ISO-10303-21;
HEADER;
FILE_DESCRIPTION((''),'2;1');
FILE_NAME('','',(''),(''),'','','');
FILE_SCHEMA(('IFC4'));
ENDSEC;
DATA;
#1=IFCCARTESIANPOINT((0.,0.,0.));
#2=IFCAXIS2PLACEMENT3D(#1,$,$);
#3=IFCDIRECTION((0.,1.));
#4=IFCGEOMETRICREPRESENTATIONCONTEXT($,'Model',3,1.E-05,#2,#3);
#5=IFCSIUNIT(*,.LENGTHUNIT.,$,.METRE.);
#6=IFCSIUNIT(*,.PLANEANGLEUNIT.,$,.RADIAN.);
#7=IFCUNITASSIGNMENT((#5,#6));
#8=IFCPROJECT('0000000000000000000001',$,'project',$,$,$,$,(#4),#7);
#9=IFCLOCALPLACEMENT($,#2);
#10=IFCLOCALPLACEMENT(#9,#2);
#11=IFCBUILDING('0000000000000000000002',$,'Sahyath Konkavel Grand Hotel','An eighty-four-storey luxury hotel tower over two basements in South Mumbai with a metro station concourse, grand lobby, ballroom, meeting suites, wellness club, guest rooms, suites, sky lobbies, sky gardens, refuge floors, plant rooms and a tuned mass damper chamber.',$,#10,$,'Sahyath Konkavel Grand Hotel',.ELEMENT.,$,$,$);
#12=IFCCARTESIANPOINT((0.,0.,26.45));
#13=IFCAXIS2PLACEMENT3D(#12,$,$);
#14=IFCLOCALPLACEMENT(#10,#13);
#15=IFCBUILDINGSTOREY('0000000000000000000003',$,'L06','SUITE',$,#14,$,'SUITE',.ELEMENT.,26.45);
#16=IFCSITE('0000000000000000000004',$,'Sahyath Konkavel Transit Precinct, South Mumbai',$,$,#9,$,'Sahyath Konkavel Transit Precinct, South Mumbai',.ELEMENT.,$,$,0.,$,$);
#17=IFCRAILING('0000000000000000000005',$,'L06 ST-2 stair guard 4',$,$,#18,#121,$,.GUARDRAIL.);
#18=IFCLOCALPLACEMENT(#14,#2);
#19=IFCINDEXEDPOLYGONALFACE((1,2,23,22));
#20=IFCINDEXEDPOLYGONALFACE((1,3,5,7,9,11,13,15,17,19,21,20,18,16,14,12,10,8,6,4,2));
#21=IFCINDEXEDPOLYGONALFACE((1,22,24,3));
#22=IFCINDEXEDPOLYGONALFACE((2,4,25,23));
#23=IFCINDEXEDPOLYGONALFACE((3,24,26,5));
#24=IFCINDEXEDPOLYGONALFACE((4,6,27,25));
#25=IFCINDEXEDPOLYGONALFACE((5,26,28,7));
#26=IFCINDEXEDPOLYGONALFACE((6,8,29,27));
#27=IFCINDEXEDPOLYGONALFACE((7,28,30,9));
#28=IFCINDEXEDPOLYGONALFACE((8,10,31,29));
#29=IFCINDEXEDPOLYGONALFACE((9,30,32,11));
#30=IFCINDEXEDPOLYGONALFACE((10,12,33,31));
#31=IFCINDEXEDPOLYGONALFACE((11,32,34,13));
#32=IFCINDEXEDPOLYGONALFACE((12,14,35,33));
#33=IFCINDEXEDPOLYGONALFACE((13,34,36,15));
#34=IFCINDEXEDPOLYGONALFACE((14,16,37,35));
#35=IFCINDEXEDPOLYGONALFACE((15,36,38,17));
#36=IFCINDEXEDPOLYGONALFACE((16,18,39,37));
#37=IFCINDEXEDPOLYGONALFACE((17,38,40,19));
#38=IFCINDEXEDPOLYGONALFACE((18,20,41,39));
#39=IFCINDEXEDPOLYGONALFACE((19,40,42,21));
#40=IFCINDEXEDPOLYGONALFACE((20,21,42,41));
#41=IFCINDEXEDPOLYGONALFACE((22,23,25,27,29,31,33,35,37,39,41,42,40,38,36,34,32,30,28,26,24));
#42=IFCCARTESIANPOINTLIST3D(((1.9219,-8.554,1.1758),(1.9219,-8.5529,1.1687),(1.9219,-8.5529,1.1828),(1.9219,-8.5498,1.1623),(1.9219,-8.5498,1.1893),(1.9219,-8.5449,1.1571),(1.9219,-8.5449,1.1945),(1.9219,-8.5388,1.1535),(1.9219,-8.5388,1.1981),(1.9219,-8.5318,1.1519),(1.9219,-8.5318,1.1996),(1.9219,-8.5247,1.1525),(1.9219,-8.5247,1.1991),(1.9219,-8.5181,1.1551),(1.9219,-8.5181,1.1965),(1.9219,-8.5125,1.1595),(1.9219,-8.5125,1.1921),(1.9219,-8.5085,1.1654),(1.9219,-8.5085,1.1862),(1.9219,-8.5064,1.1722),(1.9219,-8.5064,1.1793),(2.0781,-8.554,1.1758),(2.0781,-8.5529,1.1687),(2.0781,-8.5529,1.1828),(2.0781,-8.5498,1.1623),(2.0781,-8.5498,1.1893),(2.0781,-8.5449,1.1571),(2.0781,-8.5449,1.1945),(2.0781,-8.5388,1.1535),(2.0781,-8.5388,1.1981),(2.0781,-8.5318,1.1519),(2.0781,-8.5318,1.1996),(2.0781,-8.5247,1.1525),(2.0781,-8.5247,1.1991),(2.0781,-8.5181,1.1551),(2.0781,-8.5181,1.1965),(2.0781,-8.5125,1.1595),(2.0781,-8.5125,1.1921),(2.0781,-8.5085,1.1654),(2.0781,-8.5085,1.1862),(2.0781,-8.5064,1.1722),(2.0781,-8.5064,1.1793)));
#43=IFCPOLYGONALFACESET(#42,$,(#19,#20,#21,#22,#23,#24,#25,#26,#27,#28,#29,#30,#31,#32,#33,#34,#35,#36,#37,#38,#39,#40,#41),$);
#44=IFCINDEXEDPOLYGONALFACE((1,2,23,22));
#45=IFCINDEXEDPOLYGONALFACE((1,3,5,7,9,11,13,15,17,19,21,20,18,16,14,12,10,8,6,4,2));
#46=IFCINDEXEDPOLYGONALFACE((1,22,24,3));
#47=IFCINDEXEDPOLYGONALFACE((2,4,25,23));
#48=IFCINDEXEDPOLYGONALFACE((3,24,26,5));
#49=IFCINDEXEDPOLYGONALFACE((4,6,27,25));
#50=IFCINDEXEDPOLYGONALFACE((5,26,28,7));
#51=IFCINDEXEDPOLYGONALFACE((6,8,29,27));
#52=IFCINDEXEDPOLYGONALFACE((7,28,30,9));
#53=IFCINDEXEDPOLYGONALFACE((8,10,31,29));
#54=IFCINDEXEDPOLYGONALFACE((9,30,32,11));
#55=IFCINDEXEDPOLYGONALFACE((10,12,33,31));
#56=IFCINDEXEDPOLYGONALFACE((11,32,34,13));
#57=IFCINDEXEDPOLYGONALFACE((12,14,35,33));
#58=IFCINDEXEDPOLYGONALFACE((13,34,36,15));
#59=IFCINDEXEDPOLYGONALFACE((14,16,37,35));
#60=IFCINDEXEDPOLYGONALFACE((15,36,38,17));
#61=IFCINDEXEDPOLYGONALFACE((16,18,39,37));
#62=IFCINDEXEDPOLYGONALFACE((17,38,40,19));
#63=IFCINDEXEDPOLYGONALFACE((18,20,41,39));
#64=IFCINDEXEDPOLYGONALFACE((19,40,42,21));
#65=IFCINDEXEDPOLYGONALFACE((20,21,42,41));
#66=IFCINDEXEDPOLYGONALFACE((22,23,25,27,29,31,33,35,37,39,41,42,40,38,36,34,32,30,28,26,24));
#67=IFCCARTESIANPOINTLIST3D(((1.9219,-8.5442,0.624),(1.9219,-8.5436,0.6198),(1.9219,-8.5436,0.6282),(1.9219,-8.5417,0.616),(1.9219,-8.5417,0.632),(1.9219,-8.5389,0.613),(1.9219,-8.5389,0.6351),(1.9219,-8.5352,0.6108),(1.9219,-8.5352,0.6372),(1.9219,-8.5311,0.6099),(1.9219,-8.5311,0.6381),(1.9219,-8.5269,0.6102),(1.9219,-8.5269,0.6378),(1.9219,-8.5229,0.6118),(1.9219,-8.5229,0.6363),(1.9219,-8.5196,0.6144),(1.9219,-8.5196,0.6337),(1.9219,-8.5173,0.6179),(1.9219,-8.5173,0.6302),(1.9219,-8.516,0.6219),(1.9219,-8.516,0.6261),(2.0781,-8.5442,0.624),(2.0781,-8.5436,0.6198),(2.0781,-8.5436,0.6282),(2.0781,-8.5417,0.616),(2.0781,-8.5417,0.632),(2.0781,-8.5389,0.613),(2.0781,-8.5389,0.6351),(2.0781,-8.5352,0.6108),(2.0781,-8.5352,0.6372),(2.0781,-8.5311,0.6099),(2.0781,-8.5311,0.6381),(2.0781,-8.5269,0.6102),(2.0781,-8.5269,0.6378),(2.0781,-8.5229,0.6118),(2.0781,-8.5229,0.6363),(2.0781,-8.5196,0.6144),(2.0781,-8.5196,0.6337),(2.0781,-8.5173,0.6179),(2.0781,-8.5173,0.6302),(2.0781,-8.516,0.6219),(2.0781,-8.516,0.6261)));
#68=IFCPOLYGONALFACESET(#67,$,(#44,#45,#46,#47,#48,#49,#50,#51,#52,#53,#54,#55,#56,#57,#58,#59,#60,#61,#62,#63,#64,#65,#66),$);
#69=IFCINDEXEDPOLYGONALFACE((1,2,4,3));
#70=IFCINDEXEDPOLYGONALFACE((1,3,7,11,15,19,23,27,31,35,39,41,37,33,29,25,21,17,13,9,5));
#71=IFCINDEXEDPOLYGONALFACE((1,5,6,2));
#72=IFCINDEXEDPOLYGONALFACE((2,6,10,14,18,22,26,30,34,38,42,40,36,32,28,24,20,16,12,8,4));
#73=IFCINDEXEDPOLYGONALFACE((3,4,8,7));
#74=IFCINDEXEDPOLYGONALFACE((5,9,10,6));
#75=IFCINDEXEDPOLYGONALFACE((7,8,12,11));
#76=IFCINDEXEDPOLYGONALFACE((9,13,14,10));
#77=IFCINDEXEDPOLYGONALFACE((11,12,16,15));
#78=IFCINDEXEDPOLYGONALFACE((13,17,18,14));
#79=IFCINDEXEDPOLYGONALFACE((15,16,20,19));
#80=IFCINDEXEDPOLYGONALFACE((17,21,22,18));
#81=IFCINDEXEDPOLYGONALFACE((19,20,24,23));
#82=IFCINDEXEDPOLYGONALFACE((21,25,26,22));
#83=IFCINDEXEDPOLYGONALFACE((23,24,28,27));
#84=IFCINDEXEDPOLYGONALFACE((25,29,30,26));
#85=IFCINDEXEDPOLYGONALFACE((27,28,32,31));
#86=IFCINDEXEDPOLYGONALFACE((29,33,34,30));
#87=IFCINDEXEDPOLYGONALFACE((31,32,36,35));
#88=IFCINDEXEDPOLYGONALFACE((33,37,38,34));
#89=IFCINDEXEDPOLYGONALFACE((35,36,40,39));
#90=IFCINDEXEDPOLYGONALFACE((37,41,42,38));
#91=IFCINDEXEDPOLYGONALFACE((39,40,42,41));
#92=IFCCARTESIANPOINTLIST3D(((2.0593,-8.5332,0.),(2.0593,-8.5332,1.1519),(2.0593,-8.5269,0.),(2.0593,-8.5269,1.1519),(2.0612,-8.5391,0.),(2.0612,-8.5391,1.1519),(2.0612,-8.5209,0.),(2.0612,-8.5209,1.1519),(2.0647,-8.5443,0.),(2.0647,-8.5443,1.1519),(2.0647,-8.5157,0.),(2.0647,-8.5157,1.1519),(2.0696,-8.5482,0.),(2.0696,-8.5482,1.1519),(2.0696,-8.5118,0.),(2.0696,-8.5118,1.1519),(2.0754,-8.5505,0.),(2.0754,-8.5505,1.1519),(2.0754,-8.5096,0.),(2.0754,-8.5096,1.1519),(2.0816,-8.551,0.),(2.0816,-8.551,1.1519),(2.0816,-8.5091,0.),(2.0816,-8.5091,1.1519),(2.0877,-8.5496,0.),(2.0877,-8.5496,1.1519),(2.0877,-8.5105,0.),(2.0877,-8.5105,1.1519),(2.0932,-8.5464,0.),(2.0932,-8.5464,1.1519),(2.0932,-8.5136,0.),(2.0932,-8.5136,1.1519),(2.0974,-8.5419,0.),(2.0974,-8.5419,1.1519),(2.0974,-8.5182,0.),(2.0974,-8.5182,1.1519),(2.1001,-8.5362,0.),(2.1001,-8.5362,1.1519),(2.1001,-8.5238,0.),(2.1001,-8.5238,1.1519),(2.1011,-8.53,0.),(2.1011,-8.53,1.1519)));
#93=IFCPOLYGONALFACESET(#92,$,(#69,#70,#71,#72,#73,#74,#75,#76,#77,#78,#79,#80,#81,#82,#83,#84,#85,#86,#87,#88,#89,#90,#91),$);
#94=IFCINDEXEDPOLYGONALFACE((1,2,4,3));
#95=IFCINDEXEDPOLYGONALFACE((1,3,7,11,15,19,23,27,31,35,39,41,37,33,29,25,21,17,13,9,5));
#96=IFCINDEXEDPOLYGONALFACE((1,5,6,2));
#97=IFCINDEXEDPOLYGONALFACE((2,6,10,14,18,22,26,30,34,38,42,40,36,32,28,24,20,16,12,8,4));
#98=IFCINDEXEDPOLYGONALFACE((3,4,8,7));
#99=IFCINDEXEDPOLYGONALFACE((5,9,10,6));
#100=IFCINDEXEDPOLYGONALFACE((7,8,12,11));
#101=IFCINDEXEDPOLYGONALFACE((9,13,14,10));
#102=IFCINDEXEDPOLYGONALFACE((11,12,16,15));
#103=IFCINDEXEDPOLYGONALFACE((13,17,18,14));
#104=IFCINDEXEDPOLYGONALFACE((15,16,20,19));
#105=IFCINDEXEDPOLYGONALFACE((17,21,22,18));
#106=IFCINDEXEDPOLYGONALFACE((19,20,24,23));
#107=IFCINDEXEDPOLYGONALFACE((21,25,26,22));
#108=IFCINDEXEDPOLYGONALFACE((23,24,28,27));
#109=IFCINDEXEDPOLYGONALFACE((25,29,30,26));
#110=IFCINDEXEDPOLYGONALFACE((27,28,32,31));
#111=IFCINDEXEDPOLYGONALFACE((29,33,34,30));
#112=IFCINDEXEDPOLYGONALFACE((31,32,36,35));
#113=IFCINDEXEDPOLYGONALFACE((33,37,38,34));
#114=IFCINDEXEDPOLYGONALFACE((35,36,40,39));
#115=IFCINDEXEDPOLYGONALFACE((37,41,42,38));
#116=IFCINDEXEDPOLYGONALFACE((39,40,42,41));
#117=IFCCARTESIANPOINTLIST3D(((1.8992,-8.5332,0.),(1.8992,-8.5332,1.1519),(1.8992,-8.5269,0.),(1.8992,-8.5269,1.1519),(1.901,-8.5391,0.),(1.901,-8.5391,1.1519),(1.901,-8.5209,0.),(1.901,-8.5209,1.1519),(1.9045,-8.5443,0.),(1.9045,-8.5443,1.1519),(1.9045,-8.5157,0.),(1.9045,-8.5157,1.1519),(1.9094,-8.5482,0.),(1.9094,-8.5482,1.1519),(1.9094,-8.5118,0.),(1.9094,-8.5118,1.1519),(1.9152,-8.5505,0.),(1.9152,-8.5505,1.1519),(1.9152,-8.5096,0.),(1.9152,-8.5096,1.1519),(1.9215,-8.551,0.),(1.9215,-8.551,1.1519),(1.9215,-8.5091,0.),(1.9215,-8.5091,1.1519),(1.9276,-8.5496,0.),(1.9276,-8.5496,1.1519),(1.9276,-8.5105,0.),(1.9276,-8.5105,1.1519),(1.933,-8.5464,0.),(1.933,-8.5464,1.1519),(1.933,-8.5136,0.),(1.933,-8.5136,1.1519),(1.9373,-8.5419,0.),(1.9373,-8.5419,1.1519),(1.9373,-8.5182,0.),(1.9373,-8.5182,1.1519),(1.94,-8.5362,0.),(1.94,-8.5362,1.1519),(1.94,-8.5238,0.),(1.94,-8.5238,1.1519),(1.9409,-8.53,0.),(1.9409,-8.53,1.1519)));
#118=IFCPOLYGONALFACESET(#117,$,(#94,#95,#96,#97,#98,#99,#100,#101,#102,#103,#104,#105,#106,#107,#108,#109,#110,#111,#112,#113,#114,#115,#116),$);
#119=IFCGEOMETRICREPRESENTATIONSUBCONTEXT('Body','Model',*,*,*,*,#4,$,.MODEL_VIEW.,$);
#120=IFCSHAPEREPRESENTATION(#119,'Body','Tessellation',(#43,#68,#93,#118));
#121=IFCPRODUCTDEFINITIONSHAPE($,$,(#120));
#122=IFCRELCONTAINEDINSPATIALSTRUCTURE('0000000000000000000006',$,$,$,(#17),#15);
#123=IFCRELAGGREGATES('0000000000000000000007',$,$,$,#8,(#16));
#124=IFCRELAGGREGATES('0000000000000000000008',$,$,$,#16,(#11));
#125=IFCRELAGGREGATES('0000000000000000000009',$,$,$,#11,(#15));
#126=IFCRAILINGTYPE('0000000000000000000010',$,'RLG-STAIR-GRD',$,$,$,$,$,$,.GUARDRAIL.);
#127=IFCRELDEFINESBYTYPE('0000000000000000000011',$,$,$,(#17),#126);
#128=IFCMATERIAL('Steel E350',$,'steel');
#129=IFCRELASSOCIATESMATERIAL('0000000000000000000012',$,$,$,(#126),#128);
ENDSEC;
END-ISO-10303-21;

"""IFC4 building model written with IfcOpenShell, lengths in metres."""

from ifc_helpers import new_model, si_unit, direction, frame, origin, origin_2d, place, context, subcontext, project, spatial, circle, extrude, material, type_object, element, save


model = new_model("IFC4")

# Units and contexts
model_context = context("Model", 3, precision=1e-05, world=origin(), true_north=direction((0.0, 1.0)))
body_context = subcontext(model_context, "Body", "Model", "MODEL_VIEW")
ifc_project = project(units=[si_unit("LENGTHUNIT", "METRE"), si_unit("PLANEANGLEUNIT", "RADIAN")], contexts=[model_context])

# Site, building, storey
site_placement = place(None, origin())
site = spatial("IfcSite", under=ifc_project, at=site_placement, Name="Sahyath Konkavel Transit Precinct, South Mumbai", LongName="Sahyath Konkavel Transit Precinct, South Mumbai", CompositionType="ELEMENT", RefElevation=0.0)
building_placement = place(site_placement, origin())
building = spatial("IfcBuilding", under=site, at=building_placement, Name="Sahyath Konkavel Grand Hotel", Description="An eighty-four-storey luxury hotel tower over two basements in South Mumbai with a metro station concourse, grand lobby, ballroom, meeting suites, wellness club, guest rooms, suites, sky lobbies, sky gardens, refuge floors, plant rooms and a tuned mass damper chamber.", LongName="Sahyath Konkavel Grand Hotel", CompositionType="ELEMENT")
storey_placement = place(building_placement, frame((0.0, 0.0, 26.45)))
storey = spatial("IfcBuildingStorey", under=building, at=storey_placement, Name="L06", Description="SUITE", LongName="SUITE", CompositionType="ELEMENT", Elevation=26.45)

# Shared definitions
ifc_material_1 = material(Name="Steel E350", Category="steel")

# Railing
railing_type_1 = type_object("IfcRailingType", Name="RLG-STAIR-GRD", PredefinedType="GUARDRAIL", material=ifc_material_1)
railing_1_placement = place(storey_placement, frame((2.0801, -8.53, 0.0)))
element("IfcRailing", 1, at=railing_1_placement, inside=storey, type_object=railing_type_1, Name="L06 ST-2 stair guard 4", PredefinedType="GUARDRAIL", context=body_context, shape_type="SweptSolid", body=[
    extrude(circle(Radius=0.0239, at=origin_2d()), frame((-0.002, 0.0, 1.1758), z_axis=(-1.0, 0.0, 0.0), x_axis=(0.0, -1.0, 0.0)), (0.0, 0.0, 1.0), 0.1562),
    extrude(circle(Radius=0.0142, at=origin_2d()), frame((-0.002, 0.0, 0.624), z_axis=(-1.0, 0.0, 0.0), x_axis=(0.0, -1.0, 0.0)), (0.0, 0.0, 1.0), 0.1562),
    extrude(circle(Radius=0.021, at=origin_2d()), origin(), (0.0, 0.0, 1.0), 1.1519),
    extrude(circle(Radius=0.021, at=origin_2d()), frame((-0.1602, 0.0, 0.0)), (0.0, 0.0, 1.0), 1.1519),
])

save(model, "model.ifc")
